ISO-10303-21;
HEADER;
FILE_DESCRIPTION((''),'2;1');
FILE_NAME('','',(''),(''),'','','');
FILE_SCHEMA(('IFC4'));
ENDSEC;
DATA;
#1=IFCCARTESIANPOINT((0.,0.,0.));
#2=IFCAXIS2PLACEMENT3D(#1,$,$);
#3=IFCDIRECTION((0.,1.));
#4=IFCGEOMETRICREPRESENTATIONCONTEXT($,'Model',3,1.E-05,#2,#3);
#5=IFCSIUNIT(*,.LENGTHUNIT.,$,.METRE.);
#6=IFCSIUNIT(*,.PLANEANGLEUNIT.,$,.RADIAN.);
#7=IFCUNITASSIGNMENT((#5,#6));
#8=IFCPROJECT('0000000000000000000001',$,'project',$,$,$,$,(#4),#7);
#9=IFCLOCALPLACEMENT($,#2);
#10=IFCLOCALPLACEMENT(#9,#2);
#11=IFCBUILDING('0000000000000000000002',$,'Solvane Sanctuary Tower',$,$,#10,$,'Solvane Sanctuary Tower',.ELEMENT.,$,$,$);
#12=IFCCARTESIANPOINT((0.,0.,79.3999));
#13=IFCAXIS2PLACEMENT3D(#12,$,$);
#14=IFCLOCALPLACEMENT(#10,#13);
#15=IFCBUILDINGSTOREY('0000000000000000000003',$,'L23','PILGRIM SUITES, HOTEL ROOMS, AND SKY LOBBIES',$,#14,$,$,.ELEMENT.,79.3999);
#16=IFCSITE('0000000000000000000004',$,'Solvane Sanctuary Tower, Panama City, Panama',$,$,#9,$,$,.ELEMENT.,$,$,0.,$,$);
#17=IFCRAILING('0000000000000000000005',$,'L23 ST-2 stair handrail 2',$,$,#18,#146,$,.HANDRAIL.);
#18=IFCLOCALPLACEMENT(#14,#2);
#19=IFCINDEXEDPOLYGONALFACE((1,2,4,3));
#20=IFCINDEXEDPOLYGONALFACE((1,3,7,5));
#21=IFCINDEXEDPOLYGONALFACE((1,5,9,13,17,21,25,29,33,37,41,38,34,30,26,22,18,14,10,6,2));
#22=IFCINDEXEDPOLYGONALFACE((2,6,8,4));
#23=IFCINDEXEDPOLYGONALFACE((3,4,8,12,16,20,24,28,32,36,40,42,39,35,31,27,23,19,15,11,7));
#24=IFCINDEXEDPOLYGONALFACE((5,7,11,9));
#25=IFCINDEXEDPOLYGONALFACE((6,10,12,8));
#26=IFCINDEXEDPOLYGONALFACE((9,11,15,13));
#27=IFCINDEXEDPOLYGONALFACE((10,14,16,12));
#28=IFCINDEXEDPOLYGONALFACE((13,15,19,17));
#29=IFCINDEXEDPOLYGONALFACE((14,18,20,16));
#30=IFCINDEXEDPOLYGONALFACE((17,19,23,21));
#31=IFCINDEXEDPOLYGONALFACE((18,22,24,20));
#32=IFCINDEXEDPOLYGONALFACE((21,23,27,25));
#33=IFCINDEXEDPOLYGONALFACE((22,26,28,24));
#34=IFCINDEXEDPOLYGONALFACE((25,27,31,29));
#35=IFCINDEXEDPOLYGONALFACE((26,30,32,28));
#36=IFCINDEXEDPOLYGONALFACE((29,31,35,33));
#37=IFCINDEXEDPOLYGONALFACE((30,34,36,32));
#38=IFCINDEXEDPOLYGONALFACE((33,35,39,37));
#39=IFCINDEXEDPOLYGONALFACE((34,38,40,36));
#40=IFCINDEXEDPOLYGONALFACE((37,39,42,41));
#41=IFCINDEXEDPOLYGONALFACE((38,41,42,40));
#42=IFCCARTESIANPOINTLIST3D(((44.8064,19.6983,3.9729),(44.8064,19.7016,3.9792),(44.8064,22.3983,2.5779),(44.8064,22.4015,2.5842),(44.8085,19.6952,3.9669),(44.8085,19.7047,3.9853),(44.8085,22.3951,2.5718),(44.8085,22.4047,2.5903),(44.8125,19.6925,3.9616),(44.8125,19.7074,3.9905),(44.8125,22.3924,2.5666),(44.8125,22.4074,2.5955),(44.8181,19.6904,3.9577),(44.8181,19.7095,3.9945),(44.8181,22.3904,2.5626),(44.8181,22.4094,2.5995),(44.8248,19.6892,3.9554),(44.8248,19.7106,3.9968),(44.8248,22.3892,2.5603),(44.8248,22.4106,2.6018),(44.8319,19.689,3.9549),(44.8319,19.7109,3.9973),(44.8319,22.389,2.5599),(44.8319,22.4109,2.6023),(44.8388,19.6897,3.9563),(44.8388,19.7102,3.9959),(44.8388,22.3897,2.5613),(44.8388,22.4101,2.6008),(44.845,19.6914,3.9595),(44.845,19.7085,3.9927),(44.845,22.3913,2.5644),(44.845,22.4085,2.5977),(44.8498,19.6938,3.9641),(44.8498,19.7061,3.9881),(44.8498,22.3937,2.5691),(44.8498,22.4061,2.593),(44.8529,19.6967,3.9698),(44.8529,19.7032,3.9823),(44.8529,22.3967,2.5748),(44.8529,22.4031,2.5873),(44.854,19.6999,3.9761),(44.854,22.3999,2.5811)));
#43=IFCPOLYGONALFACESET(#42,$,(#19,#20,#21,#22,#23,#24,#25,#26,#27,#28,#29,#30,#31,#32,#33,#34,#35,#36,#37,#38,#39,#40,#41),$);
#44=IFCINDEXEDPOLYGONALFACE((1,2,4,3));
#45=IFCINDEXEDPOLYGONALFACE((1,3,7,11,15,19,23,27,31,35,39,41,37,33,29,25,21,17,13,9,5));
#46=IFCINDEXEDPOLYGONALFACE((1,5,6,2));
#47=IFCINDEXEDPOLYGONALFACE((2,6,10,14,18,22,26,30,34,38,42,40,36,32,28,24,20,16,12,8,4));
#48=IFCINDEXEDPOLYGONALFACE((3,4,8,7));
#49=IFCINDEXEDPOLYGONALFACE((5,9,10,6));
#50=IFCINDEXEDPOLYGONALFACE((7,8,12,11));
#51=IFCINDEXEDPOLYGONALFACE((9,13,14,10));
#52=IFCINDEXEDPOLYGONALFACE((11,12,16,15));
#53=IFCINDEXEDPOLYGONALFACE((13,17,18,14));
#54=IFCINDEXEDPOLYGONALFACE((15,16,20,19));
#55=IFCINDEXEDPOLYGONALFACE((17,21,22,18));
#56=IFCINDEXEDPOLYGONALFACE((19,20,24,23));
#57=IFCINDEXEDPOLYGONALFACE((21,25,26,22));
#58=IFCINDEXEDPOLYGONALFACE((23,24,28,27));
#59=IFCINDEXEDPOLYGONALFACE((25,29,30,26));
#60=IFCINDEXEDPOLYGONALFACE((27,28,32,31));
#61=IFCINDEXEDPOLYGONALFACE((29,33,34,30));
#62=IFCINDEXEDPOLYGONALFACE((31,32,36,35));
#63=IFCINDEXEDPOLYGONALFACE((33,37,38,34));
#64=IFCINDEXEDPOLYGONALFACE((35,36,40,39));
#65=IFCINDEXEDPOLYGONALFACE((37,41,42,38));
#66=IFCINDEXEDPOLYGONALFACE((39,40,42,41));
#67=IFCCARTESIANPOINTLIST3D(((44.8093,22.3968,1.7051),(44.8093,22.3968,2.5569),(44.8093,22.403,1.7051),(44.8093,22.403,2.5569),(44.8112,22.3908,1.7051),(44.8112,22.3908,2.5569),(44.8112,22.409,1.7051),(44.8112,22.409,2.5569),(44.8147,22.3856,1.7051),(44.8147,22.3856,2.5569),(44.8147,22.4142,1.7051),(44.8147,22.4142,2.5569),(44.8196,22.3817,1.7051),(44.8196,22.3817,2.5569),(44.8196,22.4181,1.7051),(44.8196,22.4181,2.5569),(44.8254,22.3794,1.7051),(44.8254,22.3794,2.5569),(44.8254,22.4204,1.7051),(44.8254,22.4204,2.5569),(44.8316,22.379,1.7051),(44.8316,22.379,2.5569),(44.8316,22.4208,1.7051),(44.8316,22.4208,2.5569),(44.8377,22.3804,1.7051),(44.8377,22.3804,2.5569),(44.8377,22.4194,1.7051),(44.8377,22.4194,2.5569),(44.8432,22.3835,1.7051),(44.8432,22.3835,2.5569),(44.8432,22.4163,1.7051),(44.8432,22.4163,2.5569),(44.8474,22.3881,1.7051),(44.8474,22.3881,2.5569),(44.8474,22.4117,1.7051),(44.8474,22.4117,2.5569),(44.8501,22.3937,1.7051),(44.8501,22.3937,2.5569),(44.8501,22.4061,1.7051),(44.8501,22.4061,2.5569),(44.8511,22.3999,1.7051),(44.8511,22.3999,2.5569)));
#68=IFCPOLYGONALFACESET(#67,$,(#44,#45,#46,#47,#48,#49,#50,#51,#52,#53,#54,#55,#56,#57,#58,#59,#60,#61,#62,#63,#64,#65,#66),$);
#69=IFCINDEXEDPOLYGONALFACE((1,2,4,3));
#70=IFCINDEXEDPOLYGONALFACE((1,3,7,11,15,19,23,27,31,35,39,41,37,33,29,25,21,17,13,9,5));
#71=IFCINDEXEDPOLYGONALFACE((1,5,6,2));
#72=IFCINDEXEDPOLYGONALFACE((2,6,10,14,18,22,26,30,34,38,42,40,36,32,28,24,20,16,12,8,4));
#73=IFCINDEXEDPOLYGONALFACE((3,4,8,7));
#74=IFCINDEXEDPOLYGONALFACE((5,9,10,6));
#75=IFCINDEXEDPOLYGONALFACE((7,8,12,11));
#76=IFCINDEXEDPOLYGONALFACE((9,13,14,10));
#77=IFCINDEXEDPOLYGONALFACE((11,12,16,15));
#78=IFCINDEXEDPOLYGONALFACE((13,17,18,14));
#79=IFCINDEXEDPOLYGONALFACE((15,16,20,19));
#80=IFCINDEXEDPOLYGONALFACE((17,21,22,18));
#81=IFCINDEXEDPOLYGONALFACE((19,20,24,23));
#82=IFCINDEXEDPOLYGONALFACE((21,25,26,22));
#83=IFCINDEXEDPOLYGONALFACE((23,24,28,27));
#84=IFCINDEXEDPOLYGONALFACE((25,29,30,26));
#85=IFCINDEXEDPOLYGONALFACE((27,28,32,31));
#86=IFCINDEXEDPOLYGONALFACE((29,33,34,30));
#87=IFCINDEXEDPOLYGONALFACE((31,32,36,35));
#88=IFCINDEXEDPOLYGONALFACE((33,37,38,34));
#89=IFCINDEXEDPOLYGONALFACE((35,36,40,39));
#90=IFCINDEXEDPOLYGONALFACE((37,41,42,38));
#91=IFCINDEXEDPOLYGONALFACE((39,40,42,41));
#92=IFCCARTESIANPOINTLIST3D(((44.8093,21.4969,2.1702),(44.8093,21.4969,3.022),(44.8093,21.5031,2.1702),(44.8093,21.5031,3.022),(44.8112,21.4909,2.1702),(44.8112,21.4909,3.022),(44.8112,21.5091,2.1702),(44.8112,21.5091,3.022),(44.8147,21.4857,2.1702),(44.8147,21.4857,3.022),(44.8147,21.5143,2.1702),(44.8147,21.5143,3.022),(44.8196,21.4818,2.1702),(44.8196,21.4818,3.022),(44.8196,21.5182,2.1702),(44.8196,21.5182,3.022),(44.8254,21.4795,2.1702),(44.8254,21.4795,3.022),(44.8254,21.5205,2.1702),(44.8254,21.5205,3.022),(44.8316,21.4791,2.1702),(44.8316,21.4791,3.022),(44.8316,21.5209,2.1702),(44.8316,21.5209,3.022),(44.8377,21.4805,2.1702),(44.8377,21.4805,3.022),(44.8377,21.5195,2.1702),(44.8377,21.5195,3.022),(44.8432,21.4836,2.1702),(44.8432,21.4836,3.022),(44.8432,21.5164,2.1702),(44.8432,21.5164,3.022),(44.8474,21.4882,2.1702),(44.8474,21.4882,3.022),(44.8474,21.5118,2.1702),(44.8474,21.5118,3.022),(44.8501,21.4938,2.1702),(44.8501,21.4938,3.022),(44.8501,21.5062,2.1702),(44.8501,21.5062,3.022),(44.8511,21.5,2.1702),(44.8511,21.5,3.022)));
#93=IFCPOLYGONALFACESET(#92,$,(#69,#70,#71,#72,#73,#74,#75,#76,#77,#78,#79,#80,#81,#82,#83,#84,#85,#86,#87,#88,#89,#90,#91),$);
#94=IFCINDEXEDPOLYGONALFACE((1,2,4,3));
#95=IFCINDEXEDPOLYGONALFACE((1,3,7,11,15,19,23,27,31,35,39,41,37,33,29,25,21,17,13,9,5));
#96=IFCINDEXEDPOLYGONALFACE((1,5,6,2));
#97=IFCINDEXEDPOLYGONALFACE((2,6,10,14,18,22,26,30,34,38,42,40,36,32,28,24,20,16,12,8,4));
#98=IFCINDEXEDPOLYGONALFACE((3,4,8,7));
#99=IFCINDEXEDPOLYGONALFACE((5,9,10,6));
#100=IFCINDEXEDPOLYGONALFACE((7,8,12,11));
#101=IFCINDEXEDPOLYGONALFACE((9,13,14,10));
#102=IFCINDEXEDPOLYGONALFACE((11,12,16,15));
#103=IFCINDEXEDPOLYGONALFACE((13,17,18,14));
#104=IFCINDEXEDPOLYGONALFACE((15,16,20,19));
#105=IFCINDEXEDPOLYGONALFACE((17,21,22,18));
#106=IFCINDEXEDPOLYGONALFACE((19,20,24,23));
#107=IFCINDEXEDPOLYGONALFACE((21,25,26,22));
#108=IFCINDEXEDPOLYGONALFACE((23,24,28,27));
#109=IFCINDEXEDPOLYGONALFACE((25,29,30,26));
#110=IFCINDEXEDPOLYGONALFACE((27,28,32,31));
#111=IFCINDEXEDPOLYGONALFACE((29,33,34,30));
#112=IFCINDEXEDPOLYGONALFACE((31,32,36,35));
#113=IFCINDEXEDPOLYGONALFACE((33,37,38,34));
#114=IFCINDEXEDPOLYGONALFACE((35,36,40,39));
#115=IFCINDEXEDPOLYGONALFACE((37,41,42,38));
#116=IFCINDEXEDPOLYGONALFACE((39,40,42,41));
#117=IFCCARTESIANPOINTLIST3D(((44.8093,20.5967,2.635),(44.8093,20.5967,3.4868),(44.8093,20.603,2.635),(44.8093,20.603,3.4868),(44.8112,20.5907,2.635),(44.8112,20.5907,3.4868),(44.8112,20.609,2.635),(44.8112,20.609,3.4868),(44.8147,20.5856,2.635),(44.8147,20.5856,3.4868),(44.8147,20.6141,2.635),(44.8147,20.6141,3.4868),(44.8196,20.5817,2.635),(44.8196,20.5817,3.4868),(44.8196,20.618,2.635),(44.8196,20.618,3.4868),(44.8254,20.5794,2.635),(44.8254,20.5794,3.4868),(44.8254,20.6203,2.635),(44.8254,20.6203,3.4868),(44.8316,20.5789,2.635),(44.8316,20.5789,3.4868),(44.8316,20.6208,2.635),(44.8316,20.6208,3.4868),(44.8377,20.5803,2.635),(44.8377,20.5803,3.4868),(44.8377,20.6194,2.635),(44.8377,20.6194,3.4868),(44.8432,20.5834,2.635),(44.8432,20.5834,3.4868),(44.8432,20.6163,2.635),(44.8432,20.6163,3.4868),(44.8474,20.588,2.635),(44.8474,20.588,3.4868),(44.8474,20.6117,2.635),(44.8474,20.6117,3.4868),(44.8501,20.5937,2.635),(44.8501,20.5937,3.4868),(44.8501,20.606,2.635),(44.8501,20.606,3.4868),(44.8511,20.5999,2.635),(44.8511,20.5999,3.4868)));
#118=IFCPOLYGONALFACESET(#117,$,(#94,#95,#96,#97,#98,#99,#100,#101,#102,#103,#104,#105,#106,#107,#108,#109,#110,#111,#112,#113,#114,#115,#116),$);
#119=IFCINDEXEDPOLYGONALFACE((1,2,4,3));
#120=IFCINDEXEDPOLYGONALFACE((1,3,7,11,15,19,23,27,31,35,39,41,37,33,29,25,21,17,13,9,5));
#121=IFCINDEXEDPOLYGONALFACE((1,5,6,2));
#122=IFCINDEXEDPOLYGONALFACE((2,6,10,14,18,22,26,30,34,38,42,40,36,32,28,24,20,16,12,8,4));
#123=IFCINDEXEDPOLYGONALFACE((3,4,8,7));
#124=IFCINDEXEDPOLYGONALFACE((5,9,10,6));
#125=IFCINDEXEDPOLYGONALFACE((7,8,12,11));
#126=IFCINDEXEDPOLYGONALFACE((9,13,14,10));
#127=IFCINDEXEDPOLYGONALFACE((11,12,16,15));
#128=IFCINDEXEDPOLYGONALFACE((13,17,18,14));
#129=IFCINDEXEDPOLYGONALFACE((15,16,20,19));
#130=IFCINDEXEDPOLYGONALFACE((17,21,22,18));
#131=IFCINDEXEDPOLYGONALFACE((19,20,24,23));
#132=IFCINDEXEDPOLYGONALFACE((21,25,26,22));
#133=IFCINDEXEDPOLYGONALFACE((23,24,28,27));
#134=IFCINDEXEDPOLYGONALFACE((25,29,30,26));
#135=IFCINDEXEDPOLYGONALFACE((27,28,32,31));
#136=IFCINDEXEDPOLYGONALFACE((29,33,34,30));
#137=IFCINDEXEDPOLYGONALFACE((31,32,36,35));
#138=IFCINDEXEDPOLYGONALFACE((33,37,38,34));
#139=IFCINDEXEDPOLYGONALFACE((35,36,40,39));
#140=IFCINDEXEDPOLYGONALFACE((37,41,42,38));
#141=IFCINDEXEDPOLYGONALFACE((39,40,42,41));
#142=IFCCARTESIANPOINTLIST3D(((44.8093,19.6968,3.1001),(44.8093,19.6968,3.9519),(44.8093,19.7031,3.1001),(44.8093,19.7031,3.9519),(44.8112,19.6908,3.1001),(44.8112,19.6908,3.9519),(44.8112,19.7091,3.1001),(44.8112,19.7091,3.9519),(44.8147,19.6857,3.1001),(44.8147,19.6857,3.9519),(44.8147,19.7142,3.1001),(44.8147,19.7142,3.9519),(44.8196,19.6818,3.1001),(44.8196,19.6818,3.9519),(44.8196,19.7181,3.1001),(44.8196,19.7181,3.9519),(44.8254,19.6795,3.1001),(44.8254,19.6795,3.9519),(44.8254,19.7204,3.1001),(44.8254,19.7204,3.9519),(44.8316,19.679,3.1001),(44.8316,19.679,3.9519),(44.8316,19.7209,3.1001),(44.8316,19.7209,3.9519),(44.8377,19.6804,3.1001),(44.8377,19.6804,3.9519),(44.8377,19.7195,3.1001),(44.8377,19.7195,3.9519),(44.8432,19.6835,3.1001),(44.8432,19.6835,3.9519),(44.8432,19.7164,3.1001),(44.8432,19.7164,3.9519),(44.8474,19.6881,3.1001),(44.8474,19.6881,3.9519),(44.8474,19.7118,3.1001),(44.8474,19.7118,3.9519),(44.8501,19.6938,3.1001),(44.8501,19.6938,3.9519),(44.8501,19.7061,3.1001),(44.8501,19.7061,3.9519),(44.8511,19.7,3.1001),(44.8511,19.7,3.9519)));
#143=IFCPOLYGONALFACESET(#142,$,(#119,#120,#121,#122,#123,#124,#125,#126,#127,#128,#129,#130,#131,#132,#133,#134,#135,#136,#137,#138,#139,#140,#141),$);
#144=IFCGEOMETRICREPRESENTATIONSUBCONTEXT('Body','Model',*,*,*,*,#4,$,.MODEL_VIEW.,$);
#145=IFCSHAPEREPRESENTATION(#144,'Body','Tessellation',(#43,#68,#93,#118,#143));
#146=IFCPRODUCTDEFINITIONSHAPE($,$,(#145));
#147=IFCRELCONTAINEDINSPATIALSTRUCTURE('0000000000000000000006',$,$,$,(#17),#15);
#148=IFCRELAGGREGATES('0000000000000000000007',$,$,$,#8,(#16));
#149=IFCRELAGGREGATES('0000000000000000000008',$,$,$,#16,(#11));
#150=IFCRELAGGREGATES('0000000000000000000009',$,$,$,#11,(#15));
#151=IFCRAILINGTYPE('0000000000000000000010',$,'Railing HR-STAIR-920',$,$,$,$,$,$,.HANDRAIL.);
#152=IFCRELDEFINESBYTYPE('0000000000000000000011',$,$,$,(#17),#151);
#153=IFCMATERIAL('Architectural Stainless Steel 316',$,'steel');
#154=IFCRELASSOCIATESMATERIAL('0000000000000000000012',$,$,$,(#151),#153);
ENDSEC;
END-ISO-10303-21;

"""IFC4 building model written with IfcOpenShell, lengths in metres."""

from ifc_helpers import new_model, si_unit, direction, frame, origin, origin_2d, place, context, subcontext, project, spatial, circle, extrude, material, type_object, element, save


model = new_model("IFC4")

# Units and contexts
model_context = context("Model", 3, precision=1e-05, world=origin(), true_north=direction((0.0, 1.0)))
body_context = subcontext(model_context, "Body", "Model", "MODEL_VIEW")
ifc_project = project(units=[si_unit("LENGTHUNIT", "METRE"), si_unit("PLANEANGLEUNIT", "RADIAN")], contexts=[model_context])

# Site, building, storey
site_placement = place(None, origin())
site = spatial("IfcSite", under=ifc_project, at=site_placement, Name="Solvane Sanctuary Tower, Panama City, Panama", CompositionType="ELEMENT", RefElevation=0.0)
building_placement = place(site_placement, origin())
building = spatial("IfcBuilding", under=site, at=building_placement, Name="Solvane Sanctuary Tower", LongName="Solvane Sanctuary Tower", CompositionType="ELEMENT")
storey_placement = place(building_placement, frame((0.0, 0.0, 79.3999)))
storey = spatial("IfcBuildingStorey", under=building, at=storey_placement, Name="L23", Description="PILGRIM SUITES, HOTEL ROOMS, AND SKY LOBBIES", CompositionType="ELEMENT", Elevation=79.3999)

# Shared definitions
ifc_material_1 = material(Name="Architectural Stainless Steel 316", Category="steel")

# Railing
railing_type_1 = type_object("IfcRailingType", Name="Railing HR-STAIR-920", PredefinedType="HANDRAIL", material=ifc_material_1)
railing_1_placement = place(storey_placement, frame((44.8301, 22.3999, 1.7051)))
element("IfcRailing", 1, at=railing_1_placement, inside=storey, type_object=railing_type_1, Name="L23 ST-2 stair handrail 2", PredefinedType="HANDRAIL", context=body_context, shape_type="SweptSolid", body=[
    extrude(circle(Radius=0.0239, at=origin_2d()), frame((0.0, 0.0, 0.876), z_axis=(0.0, -0.88842, 0.459032), x_axis=(1.0, 0.0, 0.0)), (0.0, 0.0, 1.0), 3.0391),
    extrude(circle(Radius=0.021, at=origin_2d()), origin(), (0.0, 0.0, 1.0), 0.8518),
    extrude(circle(Radius=0.021, at=origin_2d()), frame((0.0, -0.8999, 0.4651)), (0.0, 0.0, 1.0), 0.8518),
    extrude(circle(Radius=0.021, at=origin_2d()), frame((0.0, -1.8, 0.9299)), (0.0, 0.0, 1.0), 0.8518),
    extrude(circle(Radius=0.021, at=origin_2d()), frame((0.0, -2.7, 1.395)), (0.0, 0.0, 1.0), 0.8518),
])

save(model, "model.ifc")
